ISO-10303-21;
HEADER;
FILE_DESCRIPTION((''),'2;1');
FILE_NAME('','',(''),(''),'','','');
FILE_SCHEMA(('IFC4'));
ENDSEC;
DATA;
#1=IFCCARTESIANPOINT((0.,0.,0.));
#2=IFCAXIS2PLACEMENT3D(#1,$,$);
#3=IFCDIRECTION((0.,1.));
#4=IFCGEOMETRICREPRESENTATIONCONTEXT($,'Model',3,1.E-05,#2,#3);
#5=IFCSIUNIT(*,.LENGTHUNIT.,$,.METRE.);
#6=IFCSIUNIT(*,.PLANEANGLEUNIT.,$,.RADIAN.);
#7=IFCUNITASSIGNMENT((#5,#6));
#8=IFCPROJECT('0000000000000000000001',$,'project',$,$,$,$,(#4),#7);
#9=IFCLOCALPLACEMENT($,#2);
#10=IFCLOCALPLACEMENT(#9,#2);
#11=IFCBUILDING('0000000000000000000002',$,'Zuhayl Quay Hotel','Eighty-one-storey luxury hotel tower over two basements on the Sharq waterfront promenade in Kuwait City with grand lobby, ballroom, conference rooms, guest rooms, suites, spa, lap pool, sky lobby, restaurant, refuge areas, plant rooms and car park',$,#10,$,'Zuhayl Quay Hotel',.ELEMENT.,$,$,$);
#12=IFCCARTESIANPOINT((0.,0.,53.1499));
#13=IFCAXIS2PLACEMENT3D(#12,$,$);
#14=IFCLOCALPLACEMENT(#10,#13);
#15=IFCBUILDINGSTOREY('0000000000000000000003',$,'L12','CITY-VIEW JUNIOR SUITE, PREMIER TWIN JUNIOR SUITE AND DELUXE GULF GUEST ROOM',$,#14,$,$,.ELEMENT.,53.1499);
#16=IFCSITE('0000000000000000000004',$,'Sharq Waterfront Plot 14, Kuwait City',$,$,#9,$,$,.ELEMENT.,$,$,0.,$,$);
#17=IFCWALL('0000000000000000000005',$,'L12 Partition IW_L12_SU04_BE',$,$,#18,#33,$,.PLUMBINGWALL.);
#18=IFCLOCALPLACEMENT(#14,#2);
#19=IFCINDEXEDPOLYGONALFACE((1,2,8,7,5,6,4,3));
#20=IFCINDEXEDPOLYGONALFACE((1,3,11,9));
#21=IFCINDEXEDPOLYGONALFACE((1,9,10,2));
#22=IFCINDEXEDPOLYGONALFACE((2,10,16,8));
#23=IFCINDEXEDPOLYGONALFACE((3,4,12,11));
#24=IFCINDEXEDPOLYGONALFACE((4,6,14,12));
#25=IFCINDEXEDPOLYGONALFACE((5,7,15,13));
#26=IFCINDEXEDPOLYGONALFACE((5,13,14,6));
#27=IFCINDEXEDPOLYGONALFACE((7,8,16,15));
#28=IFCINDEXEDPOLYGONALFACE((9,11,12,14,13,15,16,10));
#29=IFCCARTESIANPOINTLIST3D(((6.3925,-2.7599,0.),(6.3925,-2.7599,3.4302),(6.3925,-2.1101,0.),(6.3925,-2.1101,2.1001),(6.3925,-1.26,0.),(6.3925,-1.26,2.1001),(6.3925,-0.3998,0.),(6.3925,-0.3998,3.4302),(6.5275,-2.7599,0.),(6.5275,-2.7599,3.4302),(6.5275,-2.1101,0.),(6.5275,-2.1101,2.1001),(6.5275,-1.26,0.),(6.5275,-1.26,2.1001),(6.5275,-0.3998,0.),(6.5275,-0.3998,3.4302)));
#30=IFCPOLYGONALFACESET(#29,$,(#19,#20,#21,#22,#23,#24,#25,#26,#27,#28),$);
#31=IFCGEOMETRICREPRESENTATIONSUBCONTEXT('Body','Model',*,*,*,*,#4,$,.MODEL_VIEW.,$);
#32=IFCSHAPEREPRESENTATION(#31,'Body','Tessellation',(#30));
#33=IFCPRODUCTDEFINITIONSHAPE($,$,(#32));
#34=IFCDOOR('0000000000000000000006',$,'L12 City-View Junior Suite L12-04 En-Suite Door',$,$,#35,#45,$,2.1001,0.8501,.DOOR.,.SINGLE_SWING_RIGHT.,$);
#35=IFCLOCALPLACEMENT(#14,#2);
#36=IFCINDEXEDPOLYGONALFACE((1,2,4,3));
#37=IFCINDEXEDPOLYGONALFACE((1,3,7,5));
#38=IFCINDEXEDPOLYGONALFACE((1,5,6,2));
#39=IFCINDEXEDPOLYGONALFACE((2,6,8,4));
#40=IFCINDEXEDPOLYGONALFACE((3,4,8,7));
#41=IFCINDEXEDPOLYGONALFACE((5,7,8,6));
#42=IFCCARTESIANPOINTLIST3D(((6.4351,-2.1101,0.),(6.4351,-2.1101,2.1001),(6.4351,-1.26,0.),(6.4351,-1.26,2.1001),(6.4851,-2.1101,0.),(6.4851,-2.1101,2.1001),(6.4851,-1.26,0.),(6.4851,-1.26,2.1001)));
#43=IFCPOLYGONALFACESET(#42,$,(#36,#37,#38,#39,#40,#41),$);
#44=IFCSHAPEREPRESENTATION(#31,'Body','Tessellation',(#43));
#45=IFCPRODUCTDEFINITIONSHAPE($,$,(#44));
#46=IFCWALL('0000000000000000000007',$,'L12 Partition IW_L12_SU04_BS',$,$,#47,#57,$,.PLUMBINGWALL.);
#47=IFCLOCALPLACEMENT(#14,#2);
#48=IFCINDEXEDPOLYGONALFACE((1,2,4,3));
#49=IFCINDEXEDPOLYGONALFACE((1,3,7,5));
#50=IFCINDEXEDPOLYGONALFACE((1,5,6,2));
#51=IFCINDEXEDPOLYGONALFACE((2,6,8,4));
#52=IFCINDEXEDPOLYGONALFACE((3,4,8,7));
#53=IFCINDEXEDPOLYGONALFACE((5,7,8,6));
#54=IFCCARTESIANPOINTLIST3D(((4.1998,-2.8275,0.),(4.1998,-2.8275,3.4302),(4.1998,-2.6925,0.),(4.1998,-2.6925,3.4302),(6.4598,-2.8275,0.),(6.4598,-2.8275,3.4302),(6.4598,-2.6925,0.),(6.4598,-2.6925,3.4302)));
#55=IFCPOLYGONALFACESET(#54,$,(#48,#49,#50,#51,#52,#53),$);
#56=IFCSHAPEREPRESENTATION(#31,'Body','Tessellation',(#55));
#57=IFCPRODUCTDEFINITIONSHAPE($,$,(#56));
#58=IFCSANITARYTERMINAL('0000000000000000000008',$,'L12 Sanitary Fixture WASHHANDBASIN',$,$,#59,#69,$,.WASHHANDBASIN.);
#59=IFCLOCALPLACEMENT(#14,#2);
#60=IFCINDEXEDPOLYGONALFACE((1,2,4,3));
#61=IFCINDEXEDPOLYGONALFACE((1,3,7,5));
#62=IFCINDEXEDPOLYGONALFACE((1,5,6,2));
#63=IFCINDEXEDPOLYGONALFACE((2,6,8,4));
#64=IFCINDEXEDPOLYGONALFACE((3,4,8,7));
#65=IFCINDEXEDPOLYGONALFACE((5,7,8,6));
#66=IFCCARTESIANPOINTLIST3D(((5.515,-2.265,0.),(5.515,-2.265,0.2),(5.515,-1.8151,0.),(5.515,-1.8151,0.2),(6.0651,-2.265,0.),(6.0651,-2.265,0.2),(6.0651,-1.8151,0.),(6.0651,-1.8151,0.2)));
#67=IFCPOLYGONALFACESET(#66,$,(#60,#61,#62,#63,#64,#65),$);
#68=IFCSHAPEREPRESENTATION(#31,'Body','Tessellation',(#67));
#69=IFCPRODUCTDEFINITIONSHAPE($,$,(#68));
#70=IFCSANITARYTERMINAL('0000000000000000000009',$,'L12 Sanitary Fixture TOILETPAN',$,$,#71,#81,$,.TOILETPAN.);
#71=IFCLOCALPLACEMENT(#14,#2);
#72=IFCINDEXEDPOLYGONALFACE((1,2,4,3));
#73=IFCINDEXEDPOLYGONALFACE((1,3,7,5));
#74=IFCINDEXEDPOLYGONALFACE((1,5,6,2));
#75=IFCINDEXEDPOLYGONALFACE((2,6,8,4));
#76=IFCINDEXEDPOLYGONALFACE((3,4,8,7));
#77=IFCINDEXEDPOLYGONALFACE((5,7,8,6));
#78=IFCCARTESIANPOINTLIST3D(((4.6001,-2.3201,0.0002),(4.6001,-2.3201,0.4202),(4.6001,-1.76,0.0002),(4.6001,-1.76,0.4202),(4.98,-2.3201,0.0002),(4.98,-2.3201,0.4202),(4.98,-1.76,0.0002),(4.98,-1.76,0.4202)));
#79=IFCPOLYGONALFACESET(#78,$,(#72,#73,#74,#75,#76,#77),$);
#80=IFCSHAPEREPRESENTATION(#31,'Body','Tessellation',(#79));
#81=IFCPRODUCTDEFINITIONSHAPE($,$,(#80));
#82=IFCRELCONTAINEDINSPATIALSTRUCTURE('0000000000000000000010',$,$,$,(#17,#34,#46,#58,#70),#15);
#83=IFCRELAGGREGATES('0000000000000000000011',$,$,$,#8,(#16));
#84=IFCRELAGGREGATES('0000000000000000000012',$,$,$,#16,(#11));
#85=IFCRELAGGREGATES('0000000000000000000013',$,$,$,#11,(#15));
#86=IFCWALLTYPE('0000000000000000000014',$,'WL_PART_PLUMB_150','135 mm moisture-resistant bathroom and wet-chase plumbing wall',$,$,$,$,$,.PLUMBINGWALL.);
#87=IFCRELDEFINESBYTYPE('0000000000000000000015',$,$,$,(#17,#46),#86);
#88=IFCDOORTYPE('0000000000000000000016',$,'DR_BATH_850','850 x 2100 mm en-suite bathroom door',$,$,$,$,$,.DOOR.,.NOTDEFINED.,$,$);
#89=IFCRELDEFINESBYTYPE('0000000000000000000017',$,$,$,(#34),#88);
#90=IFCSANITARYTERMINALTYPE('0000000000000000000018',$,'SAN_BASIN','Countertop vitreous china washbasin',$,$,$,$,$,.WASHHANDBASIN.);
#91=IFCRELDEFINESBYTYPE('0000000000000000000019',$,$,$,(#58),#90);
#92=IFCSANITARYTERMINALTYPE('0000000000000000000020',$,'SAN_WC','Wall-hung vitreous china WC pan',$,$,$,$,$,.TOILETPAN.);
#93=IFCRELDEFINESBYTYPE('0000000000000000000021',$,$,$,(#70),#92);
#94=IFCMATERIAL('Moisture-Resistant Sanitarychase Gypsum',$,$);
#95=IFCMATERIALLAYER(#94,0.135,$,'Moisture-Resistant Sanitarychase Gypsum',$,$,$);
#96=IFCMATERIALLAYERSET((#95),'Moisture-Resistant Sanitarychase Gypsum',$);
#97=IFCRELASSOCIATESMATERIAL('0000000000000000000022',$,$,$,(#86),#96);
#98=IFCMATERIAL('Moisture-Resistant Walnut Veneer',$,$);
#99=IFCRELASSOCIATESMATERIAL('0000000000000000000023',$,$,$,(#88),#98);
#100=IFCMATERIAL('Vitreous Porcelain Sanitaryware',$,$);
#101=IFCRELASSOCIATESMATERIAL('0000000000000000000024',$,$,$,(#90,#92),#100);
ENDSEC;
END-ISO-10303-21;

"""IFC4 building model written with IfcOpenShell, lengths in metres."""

from ifc_helpers import new_model, si_unit, direction, frame, frame_2d, origin, origin_2d, place, context, subcontext, project, spatial, rectangle, extrude, material, layer, layer_set, type_object, element, fill, save


model = new_model("IFC4")

# Units and contexts
model_context = context("Model", 3, precision=1e-05, world=origin(), true_north=direction((0.0, 1.0)))
body_context = subcontext(model_context, "Body", "Model", "MODEL_VIEW")
ifc_project = project(units=[si_unit("LENGTHUNIT", "METRE"), si_unit("PLANEANGLEUNIT", "RADIAN")], contexts=[model_context])

# Site, building, storey
site_placement = place(None, origin())
site = spatial("IfcSite", under=ifc_project, at=site_placement, Name="Sharq Waterfront Plot 14, Kuwait City", CompositionType="ELEMENT", RefElevation=0.0)
building_placement = place(site_placement, origin())
building = spatial("IfcBuilding", under=site, at=building_placement, Name="Zuhayl Quay Hotel", Description="Eighty-one-storey luxury hotel tower over two basements on the Sharq waterfront promenade in Kuwait City with grand lobby, ballroom, conference rooms, guest rooms, suites, spa, lap pool, sky lobby, restaurant, refuge areas, plant rooms and car park", LongName="Zuhayl Quay Hotel", CompositionType="ELEMENT")
storey_placement = place(building_placement, frame((0.0, 0.0, 53.1499)))
storey = spatial("IfcBuildingStorey", under=building, at=storey_placement, Name="L12", Description="CITY-VIEW JUNIOR SUITE, PREMIER TWIN JUNIOR SUITE AND DELUXE GULF GUEST ROOM", CompositionType="ELEMENT", Elevation=53.1499)

# Wall, opening, door
ifc_material_1 = material(Name="Moisture-Resistant Sanitarychase Gypsum")
ifc_layer_1 = layer(ifc_material_1, 0.135, Name="Moisture-Resistant Sanitarychase Gypsum")
ifc_layer_set_1 = layer_set([ifc_layer_1], Name="Moisture-Resistant Sanitarychase Gypsum")
wall_type_1 = type_object("IfcWallType", Name="WL_PART_PLUMB_150", Description="135 mm moisture-resistant bathroom and wet-chase plumbing wall", PredefinedType="PLUMBINGWALL", material=ifc_layer_set_1)
wall_1_placement = place(storey_placement, frame((6.46, -2.76, 0.0), z_axis=(0.0, 0.0, 1.0), x_axis=(0.0, 1.0, 0.0)))
wall_1 = element("IfcWall", 1, at=wall_1_placement, inside=storey, type_object=wall_type_1, Name="L12 Partition IW_L12_SU04_BE", PredefinedType="PLUMBINGWALL", context=body_context, shape_type="SweptSolid", body=[
    extrude(rectangle(XDim=2.3601, YDim=0.135, at=frame_2d((1.1802, 0.0))), origin(), (0.0, 0.0, 1.0), 3.4302),
])
opening_placement = place(wall_1_placement, frame((0.6499, 0.0, 0.0)))
opening = element("IfcOpeningElement", 2, at=opening_placement, cuts=wall_1, PredefinedType="OPENING", context=body_context, shape_type="SweptSolid", body=[
    extrude(rectangle(XDim=0.8501, YDim=2.1001, at=frame_2d((0.425, 1.05))), frame((0.0, 0.0774, 0.0), z_axis=(0.0, -1.0, 0.0), x_axis=(1.0, 0.0, 0.0)), (0.0, 0.0, 1.0), 0.155),
])
ifc_material_2 = material(Name="Moisture-Resistant Walnut Veneer")
door_type = type_object("IfcDoorType", Name="DR_BATH_850", Description="850 x 2100 mm en-suite bathroom door", OperationType="NOTDEFINED", PredefinedType="DOOR", material=ifc_material_2)
door_placement = place(opening_placement, origin())
door = element("IfcDoor", 3, at=door_placement, inside=storey, type_object=door_type, Name="L12 City-View Junior Suite L12-04 En-Suite Door", OperationType="SINGLE_SWING_RIGHT", OverallHeight=2.1001, OverallWidth=0.8501, PredefinedType="DOOR", context=body_context, shape_type="SweptSolid", body=[
    extrude(rectangle(XDim=0.8501, YDim=2.1001, at=frame_2d((0.425, 1.05))), frame((0.0, 0.0249, 0.0), z_axis=(0.0, -1.0, 0.0), x_axis=(1.0, 0.0, 0.0)), (0.0, 0.0, 1.0), 0.05),
])
fill(opening, door)

# Wall
wall_2_placement = place(storey_placement, frame((4.2, -2.76, 0.0), z_axis=(0.0, 0.0, 1.0), x_axis=(1.0, 0.0, 0.0)))
element("IfcWall", 4, at=wall_2_placement, inside=storey, type_object=wall_type_1, Name="L12 Partition IW_L12_SU04_BS", PredefinedType="PLUMBINGWALL", context=body_context, shape_type="SweptSolid", body=[
    extrude(rectangle(XDim=2.26, YDim=0.135, at=frame_2d((1.1299, 0.0))), origin(), (0.0, 0.0, 1.0), 3.4302),
])

# Sanitary terminals
ifc_material_3 = material(Name="Vitreous Porcelain Sanitaryware")
sanitary_terminal_type_1 = type_object("IfcSanitaryTerminalType", Name="SAN_BASIN", Description="Countertop vitreous china washbasin", PredefinedType="WASHHANDBASIN", material=ifc_material_3)
sanitary_terminal_1_placement = place(storey_placement, frame((5.79, -2.04, 0.0), z_axis=(0.0, 0.0, 1.0), x_axis=(1.0, 0.0, 0.0)))
element("IfcSanitaryTerminal", 5, at=sanitary_terminal_1_placement, inside=storey, type_object=sanitary_terminal_type_1, Name="L12 Sanitary Fixture WASHHANDBASIN", PredefinedType="WASHHANDBASIN", context=body_context, shape_type="SweptSolid", body=[
    extrude(rectangle(XDim=0.55, YDim=0.45, at=origin_2d()), origin(), (0.0, 0.0, 1.0), 0.2),
])
sanitary_terminal_type_2 = type_object("IfcSanitaryTerminalType", Name="SAN_WC", Description="Wall-hung vitreous china WC pan", PredefinedType="TOILETPAN", material=ifc_material_3)
sanitary_terminal_2_placement = place(storey_placement, frame((4.79, -2.04, 0.0002), z_axis=(0.0, 0.0, 1.0), x_axis=(1.0, 0.0, 0.0)))
element("IfcSanitaryTerminal", 6, at=sanitary_terminal_2_placement, inside=storey, type_object=sanitary_terminal_type_2, Name="L12 Sanitary Fixture TOILETPAN", PredefinedType="TOILETPAN", context=body_context, shape_type="SweptSolid", body=[
    extrude(rectangle(XDim=0.3799, YDim=0.5601, at=origin_2d()), origin(), (0.0, 0.0, 1.0), 0.4199),
])

save(model, "model.ifc")
